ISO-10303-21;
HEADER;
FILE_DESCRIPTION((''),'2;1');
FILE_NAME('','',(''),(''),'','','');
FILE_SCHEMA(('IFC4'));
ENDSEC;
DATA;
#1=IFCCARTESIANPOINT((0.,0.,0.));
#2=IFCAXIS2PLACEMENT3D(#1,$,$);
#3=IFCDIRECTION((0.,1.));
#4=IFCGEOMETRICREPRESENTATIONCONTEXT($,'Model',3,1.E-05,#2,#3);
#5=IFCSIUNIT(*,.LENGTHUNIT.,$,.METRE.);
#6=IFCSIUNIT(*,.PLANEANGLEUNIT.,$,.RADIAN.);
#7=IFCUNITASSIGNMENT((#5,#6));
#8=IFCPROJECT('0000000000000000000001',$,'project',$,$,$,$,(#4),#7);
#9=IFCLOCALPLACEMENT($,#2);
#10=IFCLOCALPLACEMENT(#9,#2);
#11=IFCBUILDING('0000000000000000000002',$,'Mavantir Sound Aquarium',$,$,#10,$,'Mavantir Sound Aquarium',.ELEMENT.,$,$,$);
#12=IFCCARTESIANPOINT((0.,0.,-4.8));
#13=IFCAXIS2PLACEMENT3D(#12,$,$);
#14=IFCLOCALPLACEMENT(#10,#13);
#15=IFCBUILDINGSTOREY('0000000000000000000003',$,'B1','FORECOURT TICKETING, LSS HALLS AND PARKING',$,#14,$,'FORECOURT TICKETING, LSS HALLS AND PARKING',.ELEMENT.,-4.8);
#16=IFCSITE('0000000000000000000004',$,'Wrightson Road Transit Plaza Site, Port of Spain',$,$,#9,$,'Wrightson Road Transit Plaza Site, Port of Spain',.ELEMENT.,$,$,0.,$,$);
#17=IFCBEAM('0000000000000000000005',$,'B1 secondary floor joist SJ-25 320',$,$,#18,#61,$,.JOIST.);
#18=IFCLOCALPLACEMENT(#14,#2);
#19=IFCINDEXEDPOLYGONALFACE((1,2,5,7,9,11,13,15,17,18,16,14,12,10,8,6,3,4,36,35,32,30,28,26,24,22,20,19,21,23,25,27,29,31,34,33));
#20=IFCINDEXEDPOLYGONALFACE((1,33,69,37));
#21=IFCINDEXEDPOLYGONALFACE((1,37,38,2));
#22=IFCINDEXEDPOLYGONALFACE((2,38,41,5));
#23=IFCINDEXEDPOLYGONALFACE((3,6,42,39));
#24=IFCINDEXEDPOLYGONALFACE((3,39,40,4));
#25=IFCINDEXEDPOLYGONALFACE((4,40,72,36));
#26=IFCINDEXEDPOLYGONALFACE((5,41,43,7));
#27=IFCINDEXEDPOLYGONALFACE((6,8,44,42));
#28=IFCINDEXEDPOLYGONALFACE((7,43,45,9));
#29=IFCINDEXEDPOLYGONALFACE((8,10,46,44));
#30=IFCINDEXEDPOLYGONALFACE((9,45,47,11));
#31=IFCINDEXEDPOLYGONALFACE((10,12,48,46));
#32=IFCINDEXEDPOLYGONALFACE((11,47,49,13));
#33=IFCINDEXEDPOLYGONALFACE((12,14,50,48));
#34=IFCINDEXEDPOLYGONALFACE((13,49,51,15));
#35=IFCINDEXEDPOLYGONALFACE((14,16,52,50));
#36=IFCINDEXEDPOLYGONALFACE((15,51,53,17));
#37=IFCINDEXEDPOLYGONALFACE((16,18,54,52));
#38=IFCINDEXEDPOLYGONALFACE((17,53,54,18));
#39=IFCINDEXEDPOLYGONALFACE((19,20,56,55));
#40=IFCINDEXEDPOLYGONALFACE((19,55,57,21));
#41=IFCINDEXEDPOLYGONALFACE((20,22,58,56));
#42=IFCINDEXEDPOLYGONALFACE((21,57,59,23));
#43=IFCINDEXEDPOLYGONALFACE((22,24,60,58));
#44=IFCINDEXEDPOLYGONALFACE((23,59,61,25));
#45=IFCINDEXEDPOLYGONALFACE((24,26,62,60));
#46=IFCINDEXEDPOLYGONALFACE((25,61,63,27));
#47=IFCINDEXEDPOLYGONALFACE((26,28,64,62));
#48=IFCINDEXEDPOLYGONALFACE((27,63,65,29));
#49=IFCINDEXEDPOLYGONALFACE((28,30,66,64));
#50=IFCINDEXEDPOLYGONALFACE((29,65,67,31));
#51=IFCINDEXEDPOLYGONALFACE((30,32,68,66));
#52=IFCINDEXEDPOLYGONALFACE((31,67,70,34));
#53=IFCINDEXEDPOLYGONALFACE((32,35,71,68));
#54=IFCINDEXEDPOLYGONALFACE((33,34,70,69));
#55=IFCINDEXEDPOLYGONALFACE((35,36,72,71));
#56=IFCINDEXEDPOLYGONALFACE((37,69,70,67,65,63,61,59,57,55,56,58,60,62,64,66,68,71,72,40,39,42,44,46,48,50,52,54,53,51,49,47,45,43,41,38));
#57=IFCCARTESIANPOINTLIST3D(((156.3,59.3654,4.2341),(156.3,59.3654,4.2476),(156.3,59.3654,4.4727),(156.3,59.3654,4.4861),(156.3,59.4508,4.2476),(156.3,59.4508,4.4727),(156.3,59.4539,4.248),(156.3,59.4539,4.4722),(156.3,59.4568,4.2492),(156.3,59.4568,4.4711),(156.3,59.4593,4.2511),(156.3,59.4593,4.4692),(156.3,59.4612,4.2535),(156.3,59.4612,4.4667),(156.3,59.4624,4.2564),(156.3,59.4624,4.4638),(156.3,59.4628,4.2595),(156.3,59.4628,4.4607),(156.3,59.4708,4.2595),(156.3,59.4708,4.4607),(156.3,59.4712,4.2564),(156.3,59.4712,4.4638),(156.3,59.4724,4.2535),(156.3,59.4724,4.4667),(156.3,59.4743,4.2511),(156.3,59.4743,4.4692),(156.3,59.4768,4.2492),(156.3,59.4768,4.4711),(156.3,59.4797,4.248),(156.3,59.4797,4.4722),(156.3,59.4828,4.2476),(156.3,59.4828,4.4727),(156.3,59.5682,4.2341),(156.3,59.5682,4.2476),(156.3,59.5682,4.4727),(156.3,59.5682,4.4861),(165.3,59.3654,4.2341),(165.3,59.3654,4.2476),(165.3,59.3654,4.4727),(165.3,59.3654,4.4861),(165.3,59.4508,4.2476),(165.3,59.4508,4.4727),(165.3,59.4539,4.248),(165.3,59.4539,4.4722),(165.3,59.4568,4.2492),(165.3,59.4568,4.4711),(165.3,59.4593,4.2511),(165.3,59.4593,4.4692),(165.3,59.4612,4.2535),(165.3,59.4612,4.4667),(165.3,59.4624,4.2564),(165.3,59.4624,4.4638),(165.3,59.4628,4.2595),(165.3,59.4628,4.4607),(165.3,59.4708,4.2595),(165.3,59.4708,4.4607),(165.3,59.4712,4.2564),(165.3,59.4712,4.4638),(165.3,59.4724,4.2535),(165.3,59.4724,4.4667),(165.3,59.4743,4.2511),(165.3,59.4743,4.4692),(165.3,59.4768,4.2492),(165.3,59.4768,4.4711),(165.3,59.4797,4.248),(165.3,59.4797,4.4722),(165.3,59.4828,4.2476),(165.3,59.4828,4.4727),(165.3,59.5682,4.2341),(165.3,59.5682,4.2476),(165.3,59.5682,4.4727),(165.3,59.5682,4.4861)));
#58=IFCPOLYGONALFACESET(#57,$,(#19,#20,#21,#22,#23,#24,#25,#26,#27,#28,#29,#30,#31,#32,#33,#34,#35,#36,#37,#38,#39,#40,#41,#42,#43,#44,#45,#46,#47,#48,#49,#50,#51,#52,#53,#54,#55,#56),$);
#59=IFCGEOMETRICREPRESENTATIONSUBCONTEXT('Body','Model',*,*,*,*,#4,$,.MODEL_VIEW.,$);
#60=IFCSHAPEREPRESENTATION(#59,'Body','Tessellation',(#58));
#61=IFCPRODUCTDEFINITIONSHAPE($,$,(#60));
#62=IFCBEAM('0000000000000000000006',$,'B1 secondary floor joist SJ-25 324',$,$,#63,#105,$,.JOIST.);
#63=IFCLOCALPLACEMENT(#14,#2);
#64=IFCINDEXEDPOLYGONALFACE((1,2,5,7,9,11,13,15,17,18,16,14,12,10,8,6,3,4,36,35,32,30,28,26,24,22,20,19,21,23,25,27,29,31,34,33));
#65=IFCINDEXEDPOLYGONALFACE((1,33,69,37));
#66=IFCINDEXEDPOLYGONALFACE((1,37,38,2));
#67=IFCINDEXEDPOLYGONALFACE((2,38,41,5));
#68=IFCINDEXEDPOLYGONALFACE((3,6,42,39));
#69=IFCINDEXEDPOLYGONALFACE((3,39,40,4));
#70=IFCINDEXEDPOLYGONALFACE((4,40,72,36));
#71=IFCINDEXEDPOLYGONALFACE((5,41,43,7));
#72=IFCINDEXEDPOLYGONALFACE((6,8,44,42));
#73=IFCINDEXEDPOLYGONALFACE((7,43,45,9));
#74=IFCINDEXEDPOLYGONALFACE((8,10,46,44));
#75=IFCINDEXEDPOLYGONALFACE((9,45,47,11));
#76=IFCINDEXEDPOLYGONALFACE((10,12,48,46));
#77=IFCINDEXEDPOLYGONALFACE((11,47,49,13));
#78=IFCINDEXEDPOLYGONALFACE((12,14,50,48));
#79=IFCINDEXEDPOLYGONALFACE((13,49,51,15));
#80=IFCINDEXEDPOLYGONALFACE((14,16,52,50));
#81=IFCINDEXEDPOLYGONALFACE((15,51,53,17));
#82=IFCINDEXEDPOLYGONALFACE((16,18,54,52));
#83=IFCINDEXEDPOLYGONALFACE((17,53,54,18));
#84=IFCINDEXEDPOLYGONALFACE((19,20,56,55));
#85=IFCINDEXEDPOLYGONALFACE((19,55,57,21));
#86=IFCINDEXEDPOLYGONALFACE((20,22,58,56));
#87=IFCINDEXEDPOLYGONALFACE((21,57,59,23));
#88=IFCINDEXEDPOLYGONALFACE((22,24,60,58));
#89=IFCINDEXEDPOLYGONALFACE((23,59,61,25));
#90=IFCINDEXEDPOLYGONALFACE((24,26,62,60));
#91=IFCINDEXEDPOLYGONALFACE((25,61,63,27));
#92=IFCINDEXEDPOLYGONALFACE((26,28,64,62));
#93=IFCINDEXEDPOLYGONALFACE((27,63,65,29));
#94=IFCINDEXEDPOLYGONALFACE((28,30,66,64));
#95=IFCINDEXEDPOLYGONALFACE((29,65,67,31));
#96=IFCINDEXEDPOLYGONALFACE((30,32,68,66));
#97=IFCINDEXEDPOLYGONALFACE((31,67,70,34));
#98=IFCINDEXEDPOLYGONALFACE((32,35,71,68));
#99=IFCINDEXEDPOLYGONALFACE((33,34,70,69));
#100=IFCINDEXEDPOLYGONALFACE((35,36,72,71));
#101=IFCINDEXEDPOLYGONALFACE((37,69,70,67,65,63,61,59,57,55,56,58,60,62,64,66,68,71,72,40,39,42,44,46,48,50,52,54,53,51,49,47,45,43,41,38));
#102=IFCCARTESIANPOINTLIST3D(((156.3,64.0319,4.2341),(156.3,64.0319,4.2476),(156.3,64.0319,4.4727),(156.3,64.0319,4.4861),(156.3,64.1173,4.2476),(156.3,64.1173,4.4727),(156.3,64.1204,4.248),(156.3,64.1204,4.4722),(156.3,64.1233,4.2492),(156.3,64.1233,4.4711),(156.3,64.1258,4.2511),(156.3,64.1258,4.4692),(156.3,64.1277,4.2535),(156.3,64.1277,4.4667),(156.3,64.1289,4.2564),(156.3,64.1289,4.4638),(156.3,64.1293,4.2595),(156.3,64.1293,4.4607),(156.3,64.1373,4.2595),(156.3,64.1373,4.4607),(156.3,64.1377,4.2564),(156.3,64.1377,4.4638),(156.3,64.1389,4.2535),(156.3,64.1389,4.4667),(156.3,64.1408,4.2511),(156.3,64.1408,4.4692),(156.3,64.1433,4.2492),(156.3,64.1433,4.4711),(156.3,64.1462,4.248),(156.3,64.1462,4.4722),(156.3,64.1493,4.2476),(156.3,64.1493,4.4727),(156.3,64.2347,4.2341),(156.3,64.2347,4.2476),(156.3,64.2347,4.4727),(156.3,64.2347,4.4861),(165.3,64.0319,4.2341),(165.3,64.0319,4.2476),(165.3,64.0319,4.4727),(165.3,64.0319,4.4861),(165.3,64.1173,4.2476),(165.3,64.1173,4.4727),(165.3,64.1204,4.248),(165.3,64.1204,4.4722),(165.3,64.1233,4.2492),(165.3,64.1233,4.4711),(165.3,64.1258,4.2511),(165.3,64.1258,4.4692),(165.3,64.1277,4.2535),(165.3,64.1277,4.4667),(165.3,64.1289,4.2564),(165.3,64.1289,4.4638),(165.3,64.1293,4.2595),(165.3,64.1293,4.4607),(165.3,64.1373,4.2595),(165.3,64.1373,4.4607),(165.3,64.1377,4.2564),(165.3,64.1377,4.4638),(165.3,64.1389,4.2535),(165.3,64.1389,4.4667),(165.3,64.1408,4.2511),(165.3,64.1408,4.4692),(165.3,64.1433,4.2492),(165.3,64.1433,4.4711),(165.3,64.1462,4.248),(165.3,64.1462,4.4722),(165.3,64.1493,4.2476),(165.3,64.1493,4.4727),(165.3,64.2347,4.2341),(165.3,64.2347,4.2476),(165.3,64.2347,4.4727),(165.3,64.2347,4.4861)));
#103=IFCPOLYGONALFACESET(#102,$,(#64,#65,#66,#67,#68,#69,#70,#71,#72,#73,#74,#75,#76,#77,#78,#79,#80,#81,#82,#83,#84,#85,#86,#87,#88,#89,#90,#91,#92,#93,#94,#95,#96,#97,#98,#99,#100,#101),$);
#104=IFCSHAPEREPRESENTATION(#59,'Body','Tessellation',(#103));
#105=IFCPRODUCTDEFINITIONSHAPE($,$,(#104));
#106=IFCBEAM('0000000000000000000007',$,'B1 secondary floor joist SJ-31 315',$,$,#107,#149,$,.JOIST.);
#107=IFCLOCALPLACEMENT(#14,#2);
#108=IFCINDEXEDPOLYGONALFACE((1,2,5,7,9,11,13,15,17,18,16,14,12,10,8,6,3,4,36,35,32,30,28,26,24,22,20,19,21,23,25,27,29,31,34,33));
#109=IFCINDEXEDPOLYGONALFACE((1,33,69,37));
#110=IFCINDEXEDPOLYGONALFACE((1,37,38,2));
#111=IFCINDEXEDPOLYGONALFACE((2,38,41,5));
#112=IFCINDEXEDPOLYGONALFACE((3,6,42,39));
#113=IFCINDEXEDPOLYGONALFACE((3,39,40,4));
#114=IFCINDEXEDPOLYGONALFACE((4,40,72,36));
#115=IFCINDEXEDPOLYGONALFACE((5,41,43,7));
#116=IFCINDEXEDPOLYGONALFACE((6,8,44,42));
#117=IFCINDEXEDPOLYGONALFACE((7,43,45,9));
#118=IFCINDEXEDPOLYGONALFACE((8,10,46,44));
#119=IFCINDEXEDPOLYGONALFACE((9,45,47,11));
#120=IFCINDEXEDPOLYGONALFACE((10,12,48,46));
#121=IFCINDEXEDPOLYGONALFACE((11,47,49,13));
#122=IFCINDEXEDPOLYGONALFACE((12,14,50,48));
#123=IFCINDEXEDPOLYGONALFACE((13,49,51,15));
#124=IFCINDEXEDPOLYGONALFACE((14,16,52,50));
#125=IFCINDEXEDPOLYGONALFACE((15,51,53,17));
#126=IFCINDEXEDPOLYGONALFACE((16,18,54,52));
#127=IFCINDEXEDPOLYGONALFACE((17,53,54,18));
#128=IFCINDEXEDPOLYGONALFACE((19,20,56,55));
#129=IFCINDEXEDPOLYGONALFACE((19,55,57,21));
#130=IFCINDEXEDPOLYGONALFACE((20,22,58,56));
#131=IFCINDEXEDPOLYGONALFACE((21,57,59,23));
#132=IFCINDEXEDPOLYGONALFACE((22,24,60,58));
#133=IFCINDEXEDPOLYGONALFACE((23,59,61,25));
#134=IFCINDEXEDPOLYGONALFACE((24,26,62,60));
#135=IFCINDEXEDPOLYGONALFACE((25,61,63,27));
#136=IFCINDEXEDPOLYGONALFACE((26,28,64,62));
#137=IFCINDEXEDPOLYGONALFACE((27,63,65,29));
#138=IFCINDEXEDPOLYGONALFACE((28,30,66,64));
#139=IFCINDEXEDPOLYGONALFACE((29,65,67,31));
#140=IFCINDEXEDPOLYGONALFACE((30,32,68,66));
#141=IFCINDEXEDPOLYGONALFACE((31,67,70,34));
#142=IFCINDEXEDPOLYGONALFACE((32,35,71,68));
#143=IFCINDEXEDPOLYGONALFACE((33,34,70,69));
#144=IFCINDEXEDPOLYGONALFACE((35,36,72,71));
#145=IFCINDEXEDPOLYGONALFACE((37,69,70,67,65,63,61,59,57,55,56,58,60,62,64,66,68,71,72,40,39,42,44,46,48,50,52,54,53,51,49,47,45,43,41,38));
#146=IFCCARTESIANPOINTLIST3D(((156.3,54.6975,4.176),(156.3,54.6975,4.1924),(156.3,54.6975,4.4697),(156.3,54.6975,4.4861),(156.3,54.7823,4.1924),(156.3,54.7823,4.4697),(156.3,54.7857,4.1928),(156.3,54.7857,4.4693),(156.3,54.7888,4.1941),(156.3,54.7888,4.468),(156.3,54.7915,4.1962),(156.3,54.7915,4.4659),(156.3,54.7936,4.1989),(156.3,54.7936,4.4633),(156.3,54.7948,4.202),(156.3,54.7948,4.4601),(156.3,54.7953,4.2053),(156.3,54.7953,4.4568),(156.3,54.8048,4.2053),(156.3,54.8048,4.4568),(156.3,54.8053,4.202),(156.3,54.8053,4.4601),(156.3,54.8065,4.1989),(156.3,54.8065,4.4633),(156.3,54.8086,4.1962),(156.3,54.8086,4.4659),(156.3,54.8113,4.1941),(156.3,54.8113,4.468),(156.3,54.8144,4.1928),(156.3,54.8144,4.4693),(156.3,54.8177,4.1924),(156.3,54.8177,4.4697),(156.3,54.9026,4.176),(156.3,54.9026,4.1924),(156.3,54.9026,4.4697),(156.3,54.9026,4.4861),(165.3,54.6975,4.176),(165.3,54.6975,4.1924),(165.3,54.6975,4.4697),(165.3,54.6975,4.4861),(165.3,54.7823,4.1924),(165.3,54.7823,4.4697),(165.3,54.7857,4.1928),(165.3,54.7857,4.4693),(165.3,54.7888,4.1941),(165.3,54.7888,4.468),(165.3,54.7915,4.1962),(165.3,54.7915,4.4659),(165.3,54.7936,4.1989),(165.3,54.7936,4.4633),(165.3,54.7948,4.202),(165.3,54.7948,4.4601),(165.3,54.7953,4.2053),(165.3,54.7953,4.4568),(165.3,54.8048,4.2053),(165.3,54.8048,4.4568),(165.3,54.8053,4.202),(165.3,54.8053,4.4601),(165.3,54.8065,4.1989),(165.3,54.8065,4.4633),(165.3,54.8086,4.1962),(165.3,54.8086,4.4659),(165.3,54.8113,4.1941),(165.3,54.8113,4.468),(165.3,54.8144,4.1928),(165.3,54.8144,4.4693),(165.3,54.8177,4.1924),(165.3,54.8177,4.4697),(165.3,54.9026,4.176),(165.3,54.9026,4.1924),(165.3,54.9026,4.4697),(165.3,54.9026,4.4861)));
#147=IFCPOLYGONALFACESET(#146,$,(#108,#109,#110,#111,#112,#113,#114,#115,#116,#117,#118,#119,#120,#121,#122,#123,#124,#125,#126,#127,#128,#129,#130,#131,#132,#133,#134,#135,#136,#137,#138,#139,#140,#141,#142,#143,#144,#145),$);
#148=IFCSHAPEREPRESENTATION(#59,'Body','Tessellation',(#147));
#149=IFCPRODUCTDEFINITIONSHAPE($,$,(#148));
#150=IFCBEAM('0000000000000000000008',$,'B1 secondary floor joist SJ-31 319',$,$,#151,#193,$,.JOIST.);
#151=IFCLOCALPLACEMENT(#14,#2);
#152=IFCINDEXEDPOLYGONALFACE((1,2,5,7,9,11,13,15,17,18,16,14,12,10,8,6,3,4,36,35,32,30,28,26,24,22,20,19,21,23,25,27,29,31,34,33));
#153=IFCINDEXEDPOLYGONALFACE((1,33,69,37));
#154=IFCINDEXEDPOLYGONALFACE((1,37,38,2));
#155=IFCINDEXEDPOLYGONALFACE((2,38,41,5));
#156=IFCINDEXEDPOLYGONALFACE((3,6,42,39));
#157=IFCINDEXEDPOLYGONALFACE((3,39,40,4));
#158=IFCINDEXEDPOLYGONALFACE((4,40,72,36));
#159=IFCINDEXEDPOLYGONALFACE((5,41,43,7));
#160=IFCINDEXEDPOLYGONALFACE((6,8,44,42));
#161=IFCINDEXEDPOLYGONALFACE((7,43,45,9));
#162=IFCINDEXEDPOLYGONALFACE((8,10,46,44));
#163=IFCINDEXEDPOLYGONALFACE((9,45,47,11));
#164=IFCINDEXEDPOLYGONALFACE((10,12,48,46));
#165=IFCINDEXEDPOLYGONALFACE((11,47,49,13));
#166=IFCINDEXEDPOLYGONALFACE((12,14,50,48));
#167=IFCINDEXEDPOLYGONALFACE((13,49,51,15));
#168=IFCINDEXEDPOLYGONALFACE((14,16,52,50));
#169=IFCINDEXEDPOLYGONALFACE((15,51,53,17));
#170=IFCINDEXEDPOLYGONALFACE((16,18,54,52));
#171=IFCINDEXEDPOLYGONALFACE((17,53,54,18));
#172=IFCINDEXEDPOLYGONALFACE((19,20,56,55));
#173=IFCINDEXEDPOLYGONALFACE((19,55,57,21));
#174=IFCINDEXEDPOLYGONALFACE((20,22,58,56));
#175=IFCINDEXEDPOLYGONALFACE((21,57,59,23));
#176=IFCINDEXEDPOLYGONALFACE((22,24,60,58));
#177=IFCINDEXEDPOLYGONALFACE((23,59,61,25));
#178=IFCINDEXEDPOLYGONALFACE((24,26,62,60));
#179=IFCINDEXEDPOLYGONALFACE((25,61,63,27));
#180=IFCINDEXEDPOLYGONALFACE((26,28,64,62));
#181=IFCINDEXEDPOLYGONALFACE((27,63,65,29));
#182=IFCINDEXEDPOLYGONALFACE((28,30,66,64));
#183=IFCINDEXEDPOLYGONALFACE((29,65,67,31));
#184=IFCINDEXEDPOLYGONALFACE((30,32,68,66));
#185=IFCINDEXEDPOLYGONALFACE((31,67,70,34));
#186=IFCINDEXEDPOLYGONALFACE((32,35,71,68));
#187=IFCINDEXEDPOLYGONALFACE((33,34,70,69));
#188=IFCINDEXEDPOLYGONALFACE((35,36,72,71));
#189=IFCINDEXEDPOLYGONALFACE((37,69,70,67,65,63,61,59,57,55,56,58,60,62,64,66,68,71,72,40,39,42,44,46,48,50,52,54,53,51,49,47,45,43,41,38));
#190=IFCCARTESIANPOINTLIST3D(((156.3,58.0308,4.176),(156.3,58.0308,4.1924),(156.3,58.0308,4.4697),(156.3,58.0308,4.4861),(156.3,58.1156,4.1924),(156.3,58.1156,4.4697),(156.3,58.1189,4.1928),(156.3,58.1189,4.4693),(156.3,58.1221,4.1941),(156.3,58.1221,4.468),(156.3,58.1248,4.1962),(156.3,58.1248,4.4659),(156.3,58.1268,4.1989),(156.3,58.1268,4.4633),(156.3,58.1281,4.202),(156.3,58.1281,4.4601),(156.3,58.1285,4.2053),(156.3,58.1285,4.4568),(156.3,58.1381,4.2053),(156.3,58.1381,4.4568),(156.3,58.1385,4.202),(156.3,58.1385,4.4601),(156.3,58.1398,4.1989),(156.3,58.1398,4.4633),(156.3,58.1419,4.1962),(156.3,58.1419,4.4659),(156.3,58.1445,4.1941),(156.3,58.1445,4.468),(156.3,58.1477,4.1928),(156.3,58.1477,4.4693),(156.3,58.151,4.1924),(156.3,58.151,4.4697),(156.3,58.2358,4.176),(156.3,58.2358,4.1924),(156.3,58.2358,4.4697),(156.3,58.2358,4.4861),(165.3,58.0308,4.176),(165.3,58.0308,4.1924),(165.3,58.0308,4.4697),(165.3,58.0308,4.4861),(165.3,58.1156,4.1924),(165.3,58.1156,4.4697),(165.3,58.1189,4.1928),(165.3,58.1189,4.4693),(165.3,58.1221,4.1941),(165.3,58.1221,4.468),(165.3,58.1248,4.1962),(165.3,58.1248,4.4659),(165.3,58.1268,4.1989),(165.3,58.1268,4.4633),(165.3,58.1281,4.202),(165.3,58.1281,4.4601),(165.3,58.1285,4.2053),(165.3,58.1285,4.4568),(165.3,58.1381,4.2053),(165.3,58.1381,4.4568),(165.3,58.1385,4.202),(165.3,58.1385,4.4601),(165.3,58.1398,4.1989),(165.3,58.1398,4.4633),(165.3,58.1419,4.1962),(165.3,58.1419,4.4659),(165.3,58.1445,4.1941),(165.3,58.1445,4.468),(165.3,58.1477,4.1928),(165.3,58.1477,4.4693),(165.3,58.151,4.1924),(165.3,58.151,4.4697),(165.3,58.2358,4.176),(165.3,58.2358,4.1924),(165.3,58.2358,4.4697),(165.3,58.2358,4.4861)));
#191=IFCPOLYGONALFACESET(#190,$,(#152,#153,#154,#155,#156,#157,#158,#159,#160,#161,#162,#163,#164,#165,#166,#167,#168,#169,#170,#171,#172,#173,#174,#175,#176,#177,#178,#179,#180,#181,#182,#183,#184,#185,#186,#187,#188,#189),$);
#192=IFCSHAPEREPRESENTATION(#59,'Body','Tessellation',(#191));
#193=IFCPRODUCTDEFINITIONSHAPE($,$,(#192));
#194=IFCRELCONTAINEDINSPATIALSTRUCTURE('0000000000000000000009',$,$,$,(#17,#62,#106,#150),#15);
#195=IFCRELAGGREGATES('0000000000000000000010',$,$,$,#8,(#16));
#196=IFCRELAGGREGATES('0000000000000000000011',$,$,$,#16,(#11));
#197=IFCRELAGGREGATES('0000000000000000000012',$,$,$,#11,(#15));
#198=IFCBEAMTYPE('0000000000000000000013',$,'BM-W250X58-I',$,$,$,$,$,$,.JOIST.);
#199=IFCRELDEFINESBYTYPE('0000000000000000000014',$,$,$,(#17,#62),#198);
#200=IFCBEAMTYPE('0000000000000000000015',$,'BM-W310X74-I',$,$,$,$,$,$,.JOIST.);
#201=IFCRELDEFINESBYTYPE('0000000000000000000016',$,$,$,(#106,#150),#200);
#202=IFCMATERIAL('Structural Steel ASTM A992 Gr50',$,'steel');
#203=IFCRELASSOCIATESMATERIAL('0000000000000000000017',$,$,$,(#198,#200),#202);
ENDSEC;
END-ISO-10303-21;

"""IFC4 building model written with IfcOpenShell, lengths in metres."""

from ifc_helpers import new_model, si_unit, direction, frame, origin, origin_2d, place, context, subcontext, project, spatial, i_section, extrude, material, material_profile, profile_set, type_object, element, save


model = new_model("IFC4")

# Units and contexts
model_context = context("Model", 3, precision=1e-05, world=origin(), true_north=direction((0.0, 1.0)))
body_context = subcontext(model_context, "Body", "Model", "MODEL_VIEW")
ifc_project = project(units=[si_unit("LENGTHUNIT", "METRE"), si_unit("PLANEANGLEUNIT", "RADIAN")], contexts=[model_context])

# Site, building, storey
site_placement = place(None, origin())
site = spatial("IfcSite", under=ifc_project, at=site_placement, Name="Wrightson Road Transit Plaza Site, Port of Spain", LongName="Wrightson Road Transit Plaza Site, Port of Spain", CompositionType="ELEMENT", RefElevation=0.0)
building_placement = place(site_placement, origin())
building = spatial("IfcBuilding", under=site, at=building_placement, Name="Mavantir Sound Aquarium", LongName="Mavantir Sound Aquarium", CompositionType="ELEMENT")
storey_placement = place(building_placement, frame((0.0, 0.0, -4.8)))
storey = spatial("IfcBuildingStorey", under=building, at=storey_placement, Name="B1", Description="FORECOURT TICKETING, LSS HALLS AND PARKING", LongName="FORECOURT TICKETING, LSS HALLS AND PARKING", CompositionType="ELEMENT", Elevation=-4.8)

# Beams
ifc_material_1 = material(Name="Structural Steel ASTM A992 Gr50", Category="steel")
ifc_material_profile_1 = material_profile(ifc_material_1, i_section(OverallWidth=0.2029, OverallDepth=0.252, WebThickness=0.0081, FlangeThickness=0.0134, FilletRadius=0.012, at=origin_2d()), Name="W250X58")
ifc_profile_set_1 = profile_set([ifc_material_profile_1], Name="Structural Steel ASTM A992 Gr50")
beam_type_1 = type_object("IfcBeamType", Name="BM-W250X58-I", PredefinedType="JOIST", material=ifc_profile_set_1)
for number, where, z_axis, x_axis, name in (
    (1, (156.3, 59.4668, 4.3601), (1.0, 0.0, 0.0), (0.0, 1.0, 0.0), "B1 secondary floor joist SJ-25 320"),
    (2, (156.3, 64.1333, 4.3601), (1.0, 0.0, 0.0), (0.0, 1.0, 0.0), "B1 secondary floor joist SJ-25 324"),
):
    element("IfcBeam", number, at=place(storey_placement, frame(where, z_axis=z_axis, x_axis=x_axis)), inside=storey, type_object=beam_type_1, Name=name, PredefinedType="JOIST", context=body_context, shape_type="SweptSolid", body=[
        extrude(i_section(OverallWidth=0.2029, OverallDepth=0.252, WebThickness=0.0081, FlangeThickness=0.0134, FilletRadius=0.012, at=origin_2d()), origin(), (0.0, 0.0, 1.0), 9.0),
    ])
ifc_material_profile_2 = material_profile(ifc_material_1, i_section(OverallWidth=0.2051, OverallDepth=0.3101, WebThickness=0.0095, FlangeThickness=0.0164, FilletRadius=0.0129, at=origin_2d()), Name="W310X74")
ifc_profile_set_2 = profile_set([ifc_material_profile_2], Name="Structural Steel ASTM A992 Gr50")
beam_type_2 = type_object("IfcBeamType", Name="BM-W310X74-I", PredefinedType="JOIST", material=ifc_profile_set_2)
for number, where, z_axis, x_axis, name in (
    (3, (156.3, 54.8, 4.3311), (1.0, 0.0, 0.0), (0.0, 1.0, 0.0), "B1 secondary floor joist SJ-31 315"),
    (4, (156.3, 58.1333, 4.3311), (1.0, 0.0, 0.0), (0.0, 1.0, 0.0), "B1 secondary floor joist SJ-31 319"),
):
    element("IfcBeam", number, at=place(storey_placement, frame(where, z_axis=z_axis, x_axis=x_axis)), inside=storey, type_object=beam_type_2, Name=name, PredefinedType="JOIST", context=body_context, shape_type="SweptSolid", body=[
        extrude(i_section(OverallWidth=0.2051, OverallDepth=0.3101, WebThickness=0.0095, FlangeThickness=0.0164, FilletRadius=0.0129, at=origin_2d()), origin(), (0.0, 0.0, 1.0), 9.0),
    ])

save(model, "model.ifc")
